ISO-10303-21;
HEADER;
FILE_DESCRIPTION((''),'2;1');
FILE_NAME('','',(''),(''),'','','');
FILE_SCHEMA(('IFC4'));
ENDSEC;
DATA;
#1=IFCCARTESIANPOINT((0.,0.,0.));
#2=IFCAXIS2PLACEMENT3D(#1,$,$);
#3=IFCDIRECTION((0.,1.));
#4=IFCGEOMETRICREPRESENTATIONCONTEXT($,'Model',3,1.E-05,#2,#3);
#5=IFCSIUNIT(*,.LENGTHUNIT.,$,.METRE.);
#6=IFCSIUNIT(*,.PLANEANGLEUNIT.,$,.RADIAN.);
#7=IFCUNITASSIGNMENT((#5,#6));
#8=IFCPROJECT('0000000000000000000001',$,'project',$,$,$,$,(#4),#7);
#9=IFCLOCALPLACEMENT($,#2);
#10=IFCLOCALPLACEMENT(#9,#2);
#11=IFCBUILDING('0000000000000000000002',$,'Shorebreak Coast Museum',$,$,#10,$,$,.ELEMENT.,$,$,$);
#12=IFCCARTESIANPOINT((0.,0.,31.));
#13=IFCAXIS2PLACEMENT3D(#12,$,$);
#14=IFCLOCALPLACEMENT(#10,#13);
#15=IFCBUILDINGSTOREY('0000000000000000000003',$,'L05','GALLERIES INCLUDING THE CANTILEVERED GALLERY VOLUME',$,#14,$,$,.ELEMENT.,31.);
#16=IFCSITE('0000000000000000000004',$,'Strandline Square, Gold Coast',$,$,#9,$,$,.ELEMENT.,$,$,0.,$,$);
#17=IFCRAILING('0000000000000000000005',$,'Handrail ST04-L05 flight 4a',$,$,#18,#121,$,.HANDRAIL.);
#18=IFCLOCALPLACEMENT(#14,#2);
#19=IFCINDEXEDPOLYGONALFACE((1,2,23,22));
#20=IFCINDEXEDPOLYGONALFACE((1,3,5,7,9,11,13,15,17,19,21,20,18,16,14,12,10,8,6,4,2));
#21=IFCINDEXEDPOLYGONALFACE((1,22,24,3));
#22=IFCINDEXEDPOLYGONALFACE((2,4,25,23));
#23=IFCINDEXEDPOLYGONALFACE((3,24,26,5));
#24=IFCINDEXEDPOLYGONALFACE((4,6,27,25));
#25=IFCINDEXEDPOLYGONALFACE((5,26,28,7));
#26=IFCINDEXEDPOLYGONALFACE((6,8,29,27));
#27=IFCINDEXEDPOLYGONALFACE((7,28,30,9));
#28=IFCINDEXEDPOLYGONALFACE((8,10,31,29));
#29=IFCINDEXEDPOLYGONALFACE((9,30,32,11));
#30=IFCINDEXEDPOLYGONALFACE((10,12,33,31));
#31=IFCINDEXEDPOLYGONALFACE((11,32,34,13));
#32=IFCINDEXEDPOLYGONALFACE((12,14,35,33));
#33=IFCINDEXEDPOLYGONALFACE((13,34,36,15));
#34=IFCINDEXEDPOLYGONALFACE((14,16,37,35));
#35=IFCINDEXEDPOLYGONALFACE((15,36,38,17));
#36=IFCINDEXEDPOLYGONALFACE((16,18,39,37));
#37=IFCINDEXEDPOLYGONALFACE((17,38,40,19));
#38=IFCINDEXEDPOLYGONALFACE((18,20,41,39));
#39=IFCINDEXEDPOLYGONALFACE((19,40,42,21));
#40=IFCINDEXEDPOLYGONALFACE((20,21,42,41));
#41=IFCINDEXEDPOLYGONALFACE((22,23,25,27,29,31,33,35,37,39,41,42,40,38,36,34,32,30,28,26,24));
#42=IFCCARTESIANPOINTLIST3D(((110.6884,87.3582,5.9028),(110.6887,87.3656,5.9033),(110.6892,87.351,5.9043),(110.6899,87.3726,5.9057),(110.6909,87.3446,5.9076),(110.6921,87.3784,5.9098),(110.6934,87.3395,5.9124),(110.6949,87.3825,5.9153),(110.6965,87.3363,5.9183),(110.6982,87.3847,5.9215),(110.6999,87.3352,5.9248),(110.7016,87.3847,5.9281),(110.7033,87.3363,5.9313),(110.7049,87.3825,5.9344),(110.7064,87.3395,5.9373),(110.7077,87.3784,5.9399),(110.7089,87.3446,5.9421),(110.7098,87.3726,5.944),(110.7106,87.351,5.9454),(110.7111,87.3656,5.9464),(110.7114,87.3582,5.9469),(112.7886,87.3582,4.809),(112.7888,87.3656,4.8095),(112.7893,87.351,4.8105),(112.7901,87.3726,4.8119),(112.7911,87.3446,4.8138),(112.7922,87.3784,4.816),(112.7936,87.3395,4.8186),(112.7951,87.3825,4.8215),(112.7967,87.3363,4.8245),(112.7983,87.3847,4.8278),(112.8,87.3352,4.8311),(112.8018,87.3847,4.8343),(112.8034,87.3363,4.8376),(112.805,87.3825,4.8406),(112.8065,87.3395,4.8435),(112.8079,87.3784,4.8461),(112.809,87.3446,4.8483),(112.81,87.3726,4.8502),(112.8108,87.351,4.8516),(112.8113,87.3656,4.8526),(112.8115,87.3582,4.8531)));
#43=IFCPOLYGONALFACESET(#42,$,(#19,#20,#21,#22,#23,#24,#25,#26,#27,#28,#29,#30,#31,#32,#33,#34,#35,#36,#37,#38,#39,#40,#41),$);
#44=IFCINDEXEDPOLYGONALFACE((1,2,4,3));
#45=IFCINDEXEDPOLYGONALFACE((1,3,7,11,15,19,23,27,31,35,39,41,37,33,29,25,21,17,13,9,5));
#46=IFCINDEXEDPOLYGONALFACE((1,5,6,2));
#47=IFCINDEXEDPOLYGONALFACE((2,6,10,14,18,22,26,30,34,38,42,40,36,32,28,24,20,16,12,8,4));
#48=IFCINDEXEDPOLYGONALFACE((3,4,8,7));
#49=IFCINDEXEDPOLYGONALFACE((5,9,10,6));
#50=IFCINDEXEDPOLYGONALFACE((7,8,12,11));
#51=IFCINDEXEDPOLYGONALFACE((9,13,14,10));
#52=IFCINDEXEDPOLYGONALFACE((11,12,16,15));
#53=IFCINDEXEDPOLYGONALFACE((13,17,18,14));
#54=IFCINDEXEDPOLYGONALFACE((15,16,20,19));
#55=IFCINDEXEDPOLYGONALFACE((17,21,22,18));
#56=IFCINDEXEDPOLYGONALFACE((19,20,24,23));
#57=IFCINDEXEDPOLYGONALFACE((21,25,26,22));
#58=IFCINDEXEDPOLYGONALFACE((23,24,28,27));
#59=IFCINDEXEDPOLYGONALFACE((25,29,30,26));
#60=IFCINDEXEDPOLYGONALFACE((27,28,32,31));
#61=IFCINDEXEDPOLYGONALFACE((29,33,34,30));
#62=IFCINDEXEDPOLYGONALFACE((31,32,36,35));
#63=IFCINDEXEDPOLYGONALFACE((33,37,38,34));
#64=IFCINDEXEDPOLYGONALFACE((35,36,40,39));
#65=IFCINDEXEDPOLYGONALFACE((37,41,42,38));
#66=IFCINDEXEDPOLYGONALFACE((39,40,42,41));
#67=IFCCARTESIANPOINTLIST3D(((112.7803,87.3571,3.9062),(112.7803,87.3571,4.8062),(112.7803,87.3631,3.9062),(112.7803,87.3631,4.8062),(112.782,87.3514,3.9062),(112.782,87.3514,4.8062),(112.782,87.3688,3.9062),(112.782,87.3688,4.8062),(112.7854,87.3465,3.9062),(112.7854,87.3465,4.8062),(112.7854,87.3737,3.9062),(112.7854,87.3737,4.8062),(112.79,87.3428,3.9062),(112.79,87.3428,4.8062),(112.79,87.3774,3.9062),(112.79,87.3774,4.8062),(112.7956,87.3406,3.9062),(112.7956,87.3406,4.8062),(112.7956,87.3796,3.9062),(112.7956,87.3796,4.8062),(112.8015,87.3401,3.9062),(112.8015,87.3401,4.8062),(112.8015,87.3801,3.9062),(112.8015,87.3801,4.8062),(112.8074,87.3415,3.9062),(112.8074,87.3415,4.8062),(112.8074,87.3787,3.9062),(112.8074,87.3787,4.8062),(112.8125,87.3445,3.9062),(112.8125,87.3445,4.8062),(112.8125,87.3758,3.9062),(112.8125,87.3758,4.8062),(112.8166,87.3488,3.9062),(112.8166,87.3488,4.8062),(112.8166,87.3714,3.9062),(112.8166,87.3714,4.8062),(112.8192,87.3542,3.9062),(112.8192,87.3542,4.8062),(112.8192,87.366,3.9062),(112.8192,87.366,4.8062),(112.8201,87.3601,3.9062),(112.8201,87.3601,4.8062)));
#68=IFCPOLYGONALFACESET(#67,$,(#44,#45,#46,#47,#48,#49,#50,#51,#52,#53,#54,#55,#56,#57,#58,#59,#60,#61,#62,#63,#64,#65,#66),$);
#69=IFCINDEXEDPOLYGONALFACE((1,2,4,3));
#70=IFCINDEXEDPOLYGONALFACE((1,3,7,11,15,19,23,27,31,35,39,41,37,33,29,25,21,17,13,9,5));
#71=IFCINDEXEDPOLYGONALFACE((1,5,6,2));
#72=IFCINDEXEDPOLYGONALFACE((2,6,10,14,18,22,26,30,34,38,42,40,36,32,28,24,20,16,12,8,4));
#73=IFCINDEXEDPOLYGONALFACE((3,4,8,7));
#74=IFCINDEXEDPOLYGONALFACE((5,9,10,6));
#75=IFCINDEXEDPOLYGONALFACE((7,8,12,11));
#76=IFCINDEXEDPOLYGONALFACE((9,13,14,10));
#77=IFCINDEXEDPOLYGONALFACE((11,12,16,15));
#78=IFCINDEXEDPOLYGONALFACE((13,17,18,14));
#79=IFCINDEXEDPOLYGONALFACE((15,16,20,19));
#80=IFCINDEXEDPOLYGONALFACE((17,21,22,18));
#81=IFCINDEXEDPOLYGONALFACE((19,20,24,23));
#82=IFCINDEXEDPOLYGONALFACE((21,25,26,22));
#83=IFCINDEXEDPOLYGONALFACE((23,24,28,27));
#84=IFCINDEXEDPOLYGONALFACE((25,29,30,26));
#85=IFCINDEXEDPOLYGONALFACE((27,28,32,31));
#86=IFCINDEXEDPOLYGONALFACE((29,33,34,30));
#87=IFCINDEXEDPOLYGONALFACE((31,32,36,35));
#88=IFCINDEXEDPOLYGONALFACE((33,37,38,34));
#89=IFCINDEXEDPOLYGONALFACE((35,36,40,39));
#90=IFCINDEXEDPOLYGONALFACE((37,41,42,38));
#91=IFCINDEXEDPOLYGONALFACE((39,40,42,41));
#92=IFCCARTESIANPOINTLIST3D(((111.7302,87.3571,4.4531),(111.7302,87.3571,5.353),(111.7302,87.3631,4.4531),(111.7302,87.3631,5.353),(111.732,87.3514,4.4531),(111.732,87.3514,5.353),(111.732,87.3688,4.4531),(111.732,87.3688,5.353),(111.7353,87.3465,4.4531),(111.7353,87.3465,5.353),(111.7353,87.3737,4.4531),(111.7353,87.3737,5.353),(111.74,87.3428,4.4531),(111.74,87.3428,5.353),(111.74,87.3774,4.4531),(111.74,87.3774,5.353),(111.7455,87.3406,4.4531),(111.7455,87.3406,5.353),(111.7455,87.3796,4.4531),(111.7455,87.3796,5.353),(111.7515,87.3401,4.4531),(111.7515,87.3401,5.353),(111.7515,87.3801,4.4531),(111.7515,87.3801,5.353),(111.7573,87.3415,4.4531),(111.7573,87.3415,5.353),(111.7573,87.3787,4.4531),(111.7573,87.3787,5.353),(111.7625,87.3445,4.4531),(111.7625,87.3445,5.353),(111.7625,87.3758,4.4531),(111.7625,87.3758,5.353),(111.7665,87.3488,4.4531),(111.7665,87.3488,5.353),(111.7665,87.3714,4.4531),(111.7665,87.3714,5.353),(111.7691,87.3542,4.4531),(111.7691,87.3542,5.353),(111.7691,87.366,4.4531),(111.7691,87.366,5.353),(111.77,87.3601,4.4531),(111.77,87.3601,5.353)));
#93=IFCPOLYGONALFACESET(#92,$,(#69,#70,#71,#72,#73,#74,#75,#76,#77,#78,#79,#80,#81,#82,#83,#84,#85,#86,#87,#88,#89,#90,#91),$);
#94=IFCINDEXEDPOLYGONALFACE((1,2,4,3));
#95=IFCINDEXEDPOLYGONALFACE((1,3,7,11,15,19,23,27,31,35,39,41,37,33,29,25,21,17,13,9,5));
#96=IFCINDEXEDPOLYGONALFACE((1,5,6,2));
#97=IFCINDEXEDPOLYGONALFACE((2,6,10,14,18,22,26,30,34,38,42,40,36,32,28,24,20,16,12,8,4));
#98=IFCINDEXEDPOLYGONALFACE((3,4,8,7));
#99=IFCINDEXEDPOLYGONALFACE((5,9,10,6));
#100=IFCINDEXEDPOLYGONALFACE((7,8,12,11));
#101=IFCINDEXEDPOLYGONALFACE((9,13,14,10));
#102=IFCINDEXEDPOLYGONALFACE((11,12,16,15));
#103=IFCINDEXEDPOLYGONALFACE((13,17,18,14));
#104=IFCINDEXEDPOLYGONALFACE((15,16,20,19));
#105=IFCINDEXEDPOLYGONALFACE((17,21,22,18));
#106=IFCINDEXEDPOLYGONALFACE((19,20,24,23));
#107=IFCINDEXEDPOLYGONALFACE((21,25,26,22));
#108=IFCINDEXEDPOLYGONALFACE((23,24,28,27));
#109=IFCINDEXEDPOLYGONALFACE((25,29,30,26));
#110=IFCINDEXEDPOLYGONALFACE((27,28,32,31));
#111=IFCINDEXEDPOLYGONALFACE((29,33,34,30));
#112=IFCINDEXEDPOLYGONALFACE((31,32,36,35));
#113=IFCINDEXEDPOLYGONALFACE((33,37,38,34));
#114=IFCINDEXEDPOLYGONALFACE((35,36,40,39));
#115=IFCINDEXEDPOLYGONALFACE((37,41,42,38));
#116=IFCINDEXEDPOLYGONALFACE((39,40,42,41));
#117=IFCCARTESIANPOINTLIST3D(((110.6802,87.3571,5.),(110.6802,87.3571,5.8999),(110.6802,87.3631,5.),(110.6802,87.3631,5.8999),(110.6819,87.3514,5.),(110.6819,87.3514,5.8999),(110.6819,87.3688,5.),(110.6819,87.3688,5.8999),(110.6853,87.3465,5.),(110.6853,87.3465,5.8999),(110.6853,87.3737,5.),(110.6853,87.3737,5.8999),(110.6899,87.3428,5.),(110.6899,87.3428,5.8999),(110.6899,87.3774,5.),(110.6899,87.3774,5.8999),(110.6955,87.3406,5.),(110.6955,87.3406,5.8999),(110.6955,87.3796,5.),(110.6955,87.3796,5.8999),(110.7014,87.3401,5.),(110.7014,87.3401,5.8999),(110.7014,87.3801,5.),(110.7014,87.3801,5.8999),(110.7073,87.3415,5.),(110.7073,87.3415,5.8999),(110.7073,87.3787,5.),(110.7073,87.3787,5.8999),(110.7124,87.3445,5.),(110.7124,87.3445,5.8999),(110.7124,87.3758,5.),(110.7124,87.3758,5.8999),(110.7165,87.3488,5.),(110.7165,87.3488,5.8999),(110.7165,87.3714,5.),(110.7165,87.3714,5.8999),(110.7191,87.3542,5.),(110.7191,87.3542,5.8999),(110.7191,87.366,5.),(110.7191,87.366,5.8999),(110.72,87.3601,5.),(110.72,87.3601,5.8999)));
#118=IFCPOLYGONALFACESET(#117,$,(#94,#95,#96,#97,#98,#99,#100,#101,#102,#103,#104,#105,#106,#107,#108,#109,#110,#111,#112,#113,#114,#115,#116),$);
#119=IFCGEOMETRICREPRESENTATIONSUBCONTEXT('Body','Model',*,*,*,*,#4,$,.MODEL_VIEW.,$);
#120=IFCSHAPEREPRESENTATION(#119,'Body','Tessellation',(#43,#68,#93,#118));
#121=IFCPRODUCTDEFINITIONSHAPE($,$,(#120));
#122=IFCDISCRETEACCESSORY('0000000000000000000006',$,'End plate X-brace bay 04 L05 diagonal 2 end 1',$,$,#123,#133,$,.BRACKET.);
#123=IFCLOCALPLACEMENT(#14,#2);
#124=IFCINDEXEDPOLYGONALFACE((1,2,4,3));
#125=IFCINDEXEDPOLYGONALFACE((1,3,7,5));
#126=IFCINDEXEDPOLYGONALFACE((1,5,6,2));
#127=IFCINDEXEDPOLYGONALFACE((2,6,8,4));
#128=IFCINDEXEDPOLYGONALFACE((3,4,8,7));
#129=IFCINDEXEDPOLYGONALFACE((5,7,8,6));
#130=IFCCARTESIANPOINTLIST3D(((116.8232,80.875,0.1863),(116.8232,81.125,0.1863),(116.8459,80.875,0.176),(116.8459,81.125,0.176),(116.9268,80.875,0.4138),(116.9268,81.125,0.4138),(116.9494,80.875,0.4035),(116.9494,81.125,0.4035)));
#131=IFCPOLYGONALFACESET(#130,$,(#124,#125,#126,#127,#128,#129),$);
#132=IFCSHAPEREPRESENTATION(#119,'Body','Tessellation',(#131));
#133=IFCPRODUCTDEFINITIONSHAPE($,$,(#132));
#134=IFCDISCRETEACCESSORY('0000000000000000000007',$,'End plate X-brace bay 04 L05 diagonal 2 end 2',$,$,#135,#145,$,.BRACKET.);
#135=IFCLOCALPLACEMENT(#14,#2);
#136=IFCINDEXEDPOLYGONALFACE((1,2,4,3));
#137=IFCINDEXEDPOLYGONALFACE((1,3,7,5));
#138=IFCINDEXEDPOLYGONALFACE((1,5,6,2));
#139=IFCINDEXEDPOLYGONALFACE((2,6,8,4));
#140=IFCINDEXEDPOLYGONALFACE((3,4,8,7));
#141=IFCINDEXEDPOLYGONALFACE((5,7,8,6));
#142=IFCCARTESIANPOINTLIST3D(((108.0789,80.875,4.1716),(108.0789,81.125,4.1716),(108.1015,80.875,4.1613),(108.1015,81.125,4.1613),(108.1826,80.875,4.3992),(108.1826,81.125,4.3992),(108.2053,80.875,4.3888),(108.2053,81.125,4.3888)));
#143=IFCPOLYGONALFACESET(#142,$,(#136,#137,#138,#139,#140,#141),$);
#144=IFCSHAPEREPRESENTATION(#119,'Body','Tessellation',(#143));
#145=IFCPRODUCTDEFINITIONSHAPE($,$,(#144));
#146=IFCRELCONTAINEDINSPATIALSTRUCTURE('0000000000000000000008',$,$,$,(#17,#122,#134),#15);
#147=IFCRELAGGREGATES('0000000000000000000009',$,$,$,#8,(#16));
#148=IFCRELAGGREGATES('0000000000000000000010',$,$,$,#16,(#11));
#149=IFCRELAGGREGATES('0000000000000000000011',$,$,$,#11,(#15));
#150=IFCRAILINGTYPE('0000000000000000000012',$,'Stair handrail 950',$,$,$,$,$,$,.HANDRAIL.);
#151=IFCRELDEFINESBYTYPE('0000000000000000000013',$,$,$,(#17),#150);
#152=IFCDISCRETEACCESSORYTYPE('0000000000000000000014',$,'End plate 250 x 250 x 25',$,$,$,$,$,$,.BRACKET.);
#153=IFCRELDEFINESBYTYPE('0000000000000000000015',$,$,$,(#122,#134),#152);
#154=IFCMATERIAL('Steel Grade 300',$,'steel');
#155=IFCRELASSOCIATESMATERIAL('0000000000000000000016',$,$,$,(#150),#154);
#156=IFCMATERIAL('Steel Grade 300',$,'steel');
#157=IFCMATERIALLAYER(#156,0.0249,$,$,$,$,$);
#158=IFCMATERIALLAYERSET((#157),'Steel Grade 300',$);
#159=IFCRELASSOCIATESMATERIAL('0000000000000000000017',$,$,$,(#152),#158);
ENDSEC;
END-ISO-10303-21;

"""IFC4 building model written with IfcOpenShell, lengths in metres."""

from ifc_helpers import new_model, si_unit, direction, frame, origin, origin_2d, place, context, subcontext, project, spatial, polyline, circle, outline, extrude, material, layer, layer_set, type_object, element, save


model = new_model("IFC4")

# Units and contexts
model_context = context("Model", 3, precision=1e-05, world=origin(), true_north=direction((0.0, 1.0)))
body_context = subcontext(model_context, "Body", "Model", "MODEL_VIEW")
ifc_project = project(units=[si_unit("LENGTHUNIT", "METRE"), si_unit("PLANEANGLEUNIT", "RADIAN")], contexts=[model_context])

# Site, building, storey
site_placement = place(None, origin())
site = spatial("IfcSite", under=ifc_project, at=site_placement, Name="Strandline Square, Gold Coast", CompositionType="ELEMENT", RefElevation=0.0)
building_placement = place(site_placement, origin())
building = spatial("IfcBuilding", under=site, at=building_placement, Name="Shorebreak Coast Museum", CompositionType="ELEMENT")
storey_placement = place(building_placement, frame((0.0, 0.0, 31.0)))
storey = spatial("IfcBuildingStorey", under=building, at=storey_placement, Name="L05", Description="GALLERIES INCLUDING THE CANTILEVERED GALLERY VOLUME", CompositionType="ELEMENT", Elevation=31.0)

# Railing
ifc_material_1 = material(Name="Steel Grade 300", Category="steel")
railing_type_1 = type_object("IfcRailingType", Name="Stair handrail 950", PredefinedType="HANDRAIL", material=ifc_material_1)
railing_1_placement = place(storey_placement, frame((112.8, 87.3601, 3.9062)))
element("IfcRailing", 1, at=railing_1_placement, inside=storey, type_object=railing_type_1, Name="Handrail ST04-L05 flight 4a", PredefinedType="HANDRAIL", context=body_context, shape_type="SweptSolid", body=[
    extrude(circle(Radius=0.0249, at=origin_2d()), frame((0.0, 0.0, 0.9248), z_axis=(-0.886923, 0.0, 0.461918), x_axis=(0.0, -1.0, 0.0)), (0.0, 0.0, 1.0), 2.3679),
    extrude(circle(Radius=0.02, at=origin_2d()), origin(), (0.0, 0.0, 1.0), 0.8999),
    extrude(circle(Radius=0.02, at=origin_2d()), frame((-1.05, 0.0, 0.5469)), (0.0, 0.0, 1.0), 0.8999),
    extrude(circle(Radius=0.02, at=origin_2d()), frame((-2.1001, 0.0, 1.0938)), (0.0, 0.0, 1.0), 0.8999),
])

# Discrete accessories
ifc_material_2 = material(Name="Steel Grade 300", Category="steel")
ifc_layer_1 = layer(ifc_material_2, 0.0249)
ifc_layer_set_1 = layer_set([ifc_layer_1], Name="Steel Grade 300")
discrete_accessory_type = type_object("IfcDiscreteAccessoryType", Name="End plate 250 x 250 x 25", PredefinedType="BRACKET", material=ifc_layer_set_1)
discrete_accessory_1_placement = place(storey_placement, frame((116.8232, 81.125, 0.1863), z_axis=(-0.910233, 0.0, 0.414097), x_axis=(0.0, -1.0, 0.0)))
element("IfcDiscreteAccessory", 2, at=discrete_accessory_1_placement, inside=storey, type_object=discrete_accessory_type, Name="End plate X-brace bay 04 L05 diagonal 2 end 1", PredefinedType="BRACKET", context=body_context, shape_type="SweptSolid", body=[
    extrude(outline(polyline([(0.0, 0.0), (0.25, 0.0), (0.25, 0.25), (0.0, 0.25), (0.0, 0.0)])), origin(), (0.0, 0.0, -1.0), 0.0249),
])
discrete_accessory_2_placement = place(storey_placement, frame((108.0789, 81.125, 4.1716), z_axis=(-0.909864, 0.0, 0.414906), x_axis=(0.0, -1.0, 0.0)))
element("IfcDiscreteAccessory", 3, at=discrete_accessory_2_placement, inside=storey, type_object=discrete_accessory_type, Name="End plate X-brace bay 04 L05 diagonal 2 end 2", PredefinedType="BRACKET", context=body_context, shape_type="SweptSolid", body=[
    extrude(outline(polyline([(0.0, 0.0), (0.25, 0.0), (0.25, 0.2501), (0.0, 0.2501), (0.0, 0.0)])), origin(), (0.0, 0.0, -1.0), 0.0249),
])

save(model, "model.ifc")
